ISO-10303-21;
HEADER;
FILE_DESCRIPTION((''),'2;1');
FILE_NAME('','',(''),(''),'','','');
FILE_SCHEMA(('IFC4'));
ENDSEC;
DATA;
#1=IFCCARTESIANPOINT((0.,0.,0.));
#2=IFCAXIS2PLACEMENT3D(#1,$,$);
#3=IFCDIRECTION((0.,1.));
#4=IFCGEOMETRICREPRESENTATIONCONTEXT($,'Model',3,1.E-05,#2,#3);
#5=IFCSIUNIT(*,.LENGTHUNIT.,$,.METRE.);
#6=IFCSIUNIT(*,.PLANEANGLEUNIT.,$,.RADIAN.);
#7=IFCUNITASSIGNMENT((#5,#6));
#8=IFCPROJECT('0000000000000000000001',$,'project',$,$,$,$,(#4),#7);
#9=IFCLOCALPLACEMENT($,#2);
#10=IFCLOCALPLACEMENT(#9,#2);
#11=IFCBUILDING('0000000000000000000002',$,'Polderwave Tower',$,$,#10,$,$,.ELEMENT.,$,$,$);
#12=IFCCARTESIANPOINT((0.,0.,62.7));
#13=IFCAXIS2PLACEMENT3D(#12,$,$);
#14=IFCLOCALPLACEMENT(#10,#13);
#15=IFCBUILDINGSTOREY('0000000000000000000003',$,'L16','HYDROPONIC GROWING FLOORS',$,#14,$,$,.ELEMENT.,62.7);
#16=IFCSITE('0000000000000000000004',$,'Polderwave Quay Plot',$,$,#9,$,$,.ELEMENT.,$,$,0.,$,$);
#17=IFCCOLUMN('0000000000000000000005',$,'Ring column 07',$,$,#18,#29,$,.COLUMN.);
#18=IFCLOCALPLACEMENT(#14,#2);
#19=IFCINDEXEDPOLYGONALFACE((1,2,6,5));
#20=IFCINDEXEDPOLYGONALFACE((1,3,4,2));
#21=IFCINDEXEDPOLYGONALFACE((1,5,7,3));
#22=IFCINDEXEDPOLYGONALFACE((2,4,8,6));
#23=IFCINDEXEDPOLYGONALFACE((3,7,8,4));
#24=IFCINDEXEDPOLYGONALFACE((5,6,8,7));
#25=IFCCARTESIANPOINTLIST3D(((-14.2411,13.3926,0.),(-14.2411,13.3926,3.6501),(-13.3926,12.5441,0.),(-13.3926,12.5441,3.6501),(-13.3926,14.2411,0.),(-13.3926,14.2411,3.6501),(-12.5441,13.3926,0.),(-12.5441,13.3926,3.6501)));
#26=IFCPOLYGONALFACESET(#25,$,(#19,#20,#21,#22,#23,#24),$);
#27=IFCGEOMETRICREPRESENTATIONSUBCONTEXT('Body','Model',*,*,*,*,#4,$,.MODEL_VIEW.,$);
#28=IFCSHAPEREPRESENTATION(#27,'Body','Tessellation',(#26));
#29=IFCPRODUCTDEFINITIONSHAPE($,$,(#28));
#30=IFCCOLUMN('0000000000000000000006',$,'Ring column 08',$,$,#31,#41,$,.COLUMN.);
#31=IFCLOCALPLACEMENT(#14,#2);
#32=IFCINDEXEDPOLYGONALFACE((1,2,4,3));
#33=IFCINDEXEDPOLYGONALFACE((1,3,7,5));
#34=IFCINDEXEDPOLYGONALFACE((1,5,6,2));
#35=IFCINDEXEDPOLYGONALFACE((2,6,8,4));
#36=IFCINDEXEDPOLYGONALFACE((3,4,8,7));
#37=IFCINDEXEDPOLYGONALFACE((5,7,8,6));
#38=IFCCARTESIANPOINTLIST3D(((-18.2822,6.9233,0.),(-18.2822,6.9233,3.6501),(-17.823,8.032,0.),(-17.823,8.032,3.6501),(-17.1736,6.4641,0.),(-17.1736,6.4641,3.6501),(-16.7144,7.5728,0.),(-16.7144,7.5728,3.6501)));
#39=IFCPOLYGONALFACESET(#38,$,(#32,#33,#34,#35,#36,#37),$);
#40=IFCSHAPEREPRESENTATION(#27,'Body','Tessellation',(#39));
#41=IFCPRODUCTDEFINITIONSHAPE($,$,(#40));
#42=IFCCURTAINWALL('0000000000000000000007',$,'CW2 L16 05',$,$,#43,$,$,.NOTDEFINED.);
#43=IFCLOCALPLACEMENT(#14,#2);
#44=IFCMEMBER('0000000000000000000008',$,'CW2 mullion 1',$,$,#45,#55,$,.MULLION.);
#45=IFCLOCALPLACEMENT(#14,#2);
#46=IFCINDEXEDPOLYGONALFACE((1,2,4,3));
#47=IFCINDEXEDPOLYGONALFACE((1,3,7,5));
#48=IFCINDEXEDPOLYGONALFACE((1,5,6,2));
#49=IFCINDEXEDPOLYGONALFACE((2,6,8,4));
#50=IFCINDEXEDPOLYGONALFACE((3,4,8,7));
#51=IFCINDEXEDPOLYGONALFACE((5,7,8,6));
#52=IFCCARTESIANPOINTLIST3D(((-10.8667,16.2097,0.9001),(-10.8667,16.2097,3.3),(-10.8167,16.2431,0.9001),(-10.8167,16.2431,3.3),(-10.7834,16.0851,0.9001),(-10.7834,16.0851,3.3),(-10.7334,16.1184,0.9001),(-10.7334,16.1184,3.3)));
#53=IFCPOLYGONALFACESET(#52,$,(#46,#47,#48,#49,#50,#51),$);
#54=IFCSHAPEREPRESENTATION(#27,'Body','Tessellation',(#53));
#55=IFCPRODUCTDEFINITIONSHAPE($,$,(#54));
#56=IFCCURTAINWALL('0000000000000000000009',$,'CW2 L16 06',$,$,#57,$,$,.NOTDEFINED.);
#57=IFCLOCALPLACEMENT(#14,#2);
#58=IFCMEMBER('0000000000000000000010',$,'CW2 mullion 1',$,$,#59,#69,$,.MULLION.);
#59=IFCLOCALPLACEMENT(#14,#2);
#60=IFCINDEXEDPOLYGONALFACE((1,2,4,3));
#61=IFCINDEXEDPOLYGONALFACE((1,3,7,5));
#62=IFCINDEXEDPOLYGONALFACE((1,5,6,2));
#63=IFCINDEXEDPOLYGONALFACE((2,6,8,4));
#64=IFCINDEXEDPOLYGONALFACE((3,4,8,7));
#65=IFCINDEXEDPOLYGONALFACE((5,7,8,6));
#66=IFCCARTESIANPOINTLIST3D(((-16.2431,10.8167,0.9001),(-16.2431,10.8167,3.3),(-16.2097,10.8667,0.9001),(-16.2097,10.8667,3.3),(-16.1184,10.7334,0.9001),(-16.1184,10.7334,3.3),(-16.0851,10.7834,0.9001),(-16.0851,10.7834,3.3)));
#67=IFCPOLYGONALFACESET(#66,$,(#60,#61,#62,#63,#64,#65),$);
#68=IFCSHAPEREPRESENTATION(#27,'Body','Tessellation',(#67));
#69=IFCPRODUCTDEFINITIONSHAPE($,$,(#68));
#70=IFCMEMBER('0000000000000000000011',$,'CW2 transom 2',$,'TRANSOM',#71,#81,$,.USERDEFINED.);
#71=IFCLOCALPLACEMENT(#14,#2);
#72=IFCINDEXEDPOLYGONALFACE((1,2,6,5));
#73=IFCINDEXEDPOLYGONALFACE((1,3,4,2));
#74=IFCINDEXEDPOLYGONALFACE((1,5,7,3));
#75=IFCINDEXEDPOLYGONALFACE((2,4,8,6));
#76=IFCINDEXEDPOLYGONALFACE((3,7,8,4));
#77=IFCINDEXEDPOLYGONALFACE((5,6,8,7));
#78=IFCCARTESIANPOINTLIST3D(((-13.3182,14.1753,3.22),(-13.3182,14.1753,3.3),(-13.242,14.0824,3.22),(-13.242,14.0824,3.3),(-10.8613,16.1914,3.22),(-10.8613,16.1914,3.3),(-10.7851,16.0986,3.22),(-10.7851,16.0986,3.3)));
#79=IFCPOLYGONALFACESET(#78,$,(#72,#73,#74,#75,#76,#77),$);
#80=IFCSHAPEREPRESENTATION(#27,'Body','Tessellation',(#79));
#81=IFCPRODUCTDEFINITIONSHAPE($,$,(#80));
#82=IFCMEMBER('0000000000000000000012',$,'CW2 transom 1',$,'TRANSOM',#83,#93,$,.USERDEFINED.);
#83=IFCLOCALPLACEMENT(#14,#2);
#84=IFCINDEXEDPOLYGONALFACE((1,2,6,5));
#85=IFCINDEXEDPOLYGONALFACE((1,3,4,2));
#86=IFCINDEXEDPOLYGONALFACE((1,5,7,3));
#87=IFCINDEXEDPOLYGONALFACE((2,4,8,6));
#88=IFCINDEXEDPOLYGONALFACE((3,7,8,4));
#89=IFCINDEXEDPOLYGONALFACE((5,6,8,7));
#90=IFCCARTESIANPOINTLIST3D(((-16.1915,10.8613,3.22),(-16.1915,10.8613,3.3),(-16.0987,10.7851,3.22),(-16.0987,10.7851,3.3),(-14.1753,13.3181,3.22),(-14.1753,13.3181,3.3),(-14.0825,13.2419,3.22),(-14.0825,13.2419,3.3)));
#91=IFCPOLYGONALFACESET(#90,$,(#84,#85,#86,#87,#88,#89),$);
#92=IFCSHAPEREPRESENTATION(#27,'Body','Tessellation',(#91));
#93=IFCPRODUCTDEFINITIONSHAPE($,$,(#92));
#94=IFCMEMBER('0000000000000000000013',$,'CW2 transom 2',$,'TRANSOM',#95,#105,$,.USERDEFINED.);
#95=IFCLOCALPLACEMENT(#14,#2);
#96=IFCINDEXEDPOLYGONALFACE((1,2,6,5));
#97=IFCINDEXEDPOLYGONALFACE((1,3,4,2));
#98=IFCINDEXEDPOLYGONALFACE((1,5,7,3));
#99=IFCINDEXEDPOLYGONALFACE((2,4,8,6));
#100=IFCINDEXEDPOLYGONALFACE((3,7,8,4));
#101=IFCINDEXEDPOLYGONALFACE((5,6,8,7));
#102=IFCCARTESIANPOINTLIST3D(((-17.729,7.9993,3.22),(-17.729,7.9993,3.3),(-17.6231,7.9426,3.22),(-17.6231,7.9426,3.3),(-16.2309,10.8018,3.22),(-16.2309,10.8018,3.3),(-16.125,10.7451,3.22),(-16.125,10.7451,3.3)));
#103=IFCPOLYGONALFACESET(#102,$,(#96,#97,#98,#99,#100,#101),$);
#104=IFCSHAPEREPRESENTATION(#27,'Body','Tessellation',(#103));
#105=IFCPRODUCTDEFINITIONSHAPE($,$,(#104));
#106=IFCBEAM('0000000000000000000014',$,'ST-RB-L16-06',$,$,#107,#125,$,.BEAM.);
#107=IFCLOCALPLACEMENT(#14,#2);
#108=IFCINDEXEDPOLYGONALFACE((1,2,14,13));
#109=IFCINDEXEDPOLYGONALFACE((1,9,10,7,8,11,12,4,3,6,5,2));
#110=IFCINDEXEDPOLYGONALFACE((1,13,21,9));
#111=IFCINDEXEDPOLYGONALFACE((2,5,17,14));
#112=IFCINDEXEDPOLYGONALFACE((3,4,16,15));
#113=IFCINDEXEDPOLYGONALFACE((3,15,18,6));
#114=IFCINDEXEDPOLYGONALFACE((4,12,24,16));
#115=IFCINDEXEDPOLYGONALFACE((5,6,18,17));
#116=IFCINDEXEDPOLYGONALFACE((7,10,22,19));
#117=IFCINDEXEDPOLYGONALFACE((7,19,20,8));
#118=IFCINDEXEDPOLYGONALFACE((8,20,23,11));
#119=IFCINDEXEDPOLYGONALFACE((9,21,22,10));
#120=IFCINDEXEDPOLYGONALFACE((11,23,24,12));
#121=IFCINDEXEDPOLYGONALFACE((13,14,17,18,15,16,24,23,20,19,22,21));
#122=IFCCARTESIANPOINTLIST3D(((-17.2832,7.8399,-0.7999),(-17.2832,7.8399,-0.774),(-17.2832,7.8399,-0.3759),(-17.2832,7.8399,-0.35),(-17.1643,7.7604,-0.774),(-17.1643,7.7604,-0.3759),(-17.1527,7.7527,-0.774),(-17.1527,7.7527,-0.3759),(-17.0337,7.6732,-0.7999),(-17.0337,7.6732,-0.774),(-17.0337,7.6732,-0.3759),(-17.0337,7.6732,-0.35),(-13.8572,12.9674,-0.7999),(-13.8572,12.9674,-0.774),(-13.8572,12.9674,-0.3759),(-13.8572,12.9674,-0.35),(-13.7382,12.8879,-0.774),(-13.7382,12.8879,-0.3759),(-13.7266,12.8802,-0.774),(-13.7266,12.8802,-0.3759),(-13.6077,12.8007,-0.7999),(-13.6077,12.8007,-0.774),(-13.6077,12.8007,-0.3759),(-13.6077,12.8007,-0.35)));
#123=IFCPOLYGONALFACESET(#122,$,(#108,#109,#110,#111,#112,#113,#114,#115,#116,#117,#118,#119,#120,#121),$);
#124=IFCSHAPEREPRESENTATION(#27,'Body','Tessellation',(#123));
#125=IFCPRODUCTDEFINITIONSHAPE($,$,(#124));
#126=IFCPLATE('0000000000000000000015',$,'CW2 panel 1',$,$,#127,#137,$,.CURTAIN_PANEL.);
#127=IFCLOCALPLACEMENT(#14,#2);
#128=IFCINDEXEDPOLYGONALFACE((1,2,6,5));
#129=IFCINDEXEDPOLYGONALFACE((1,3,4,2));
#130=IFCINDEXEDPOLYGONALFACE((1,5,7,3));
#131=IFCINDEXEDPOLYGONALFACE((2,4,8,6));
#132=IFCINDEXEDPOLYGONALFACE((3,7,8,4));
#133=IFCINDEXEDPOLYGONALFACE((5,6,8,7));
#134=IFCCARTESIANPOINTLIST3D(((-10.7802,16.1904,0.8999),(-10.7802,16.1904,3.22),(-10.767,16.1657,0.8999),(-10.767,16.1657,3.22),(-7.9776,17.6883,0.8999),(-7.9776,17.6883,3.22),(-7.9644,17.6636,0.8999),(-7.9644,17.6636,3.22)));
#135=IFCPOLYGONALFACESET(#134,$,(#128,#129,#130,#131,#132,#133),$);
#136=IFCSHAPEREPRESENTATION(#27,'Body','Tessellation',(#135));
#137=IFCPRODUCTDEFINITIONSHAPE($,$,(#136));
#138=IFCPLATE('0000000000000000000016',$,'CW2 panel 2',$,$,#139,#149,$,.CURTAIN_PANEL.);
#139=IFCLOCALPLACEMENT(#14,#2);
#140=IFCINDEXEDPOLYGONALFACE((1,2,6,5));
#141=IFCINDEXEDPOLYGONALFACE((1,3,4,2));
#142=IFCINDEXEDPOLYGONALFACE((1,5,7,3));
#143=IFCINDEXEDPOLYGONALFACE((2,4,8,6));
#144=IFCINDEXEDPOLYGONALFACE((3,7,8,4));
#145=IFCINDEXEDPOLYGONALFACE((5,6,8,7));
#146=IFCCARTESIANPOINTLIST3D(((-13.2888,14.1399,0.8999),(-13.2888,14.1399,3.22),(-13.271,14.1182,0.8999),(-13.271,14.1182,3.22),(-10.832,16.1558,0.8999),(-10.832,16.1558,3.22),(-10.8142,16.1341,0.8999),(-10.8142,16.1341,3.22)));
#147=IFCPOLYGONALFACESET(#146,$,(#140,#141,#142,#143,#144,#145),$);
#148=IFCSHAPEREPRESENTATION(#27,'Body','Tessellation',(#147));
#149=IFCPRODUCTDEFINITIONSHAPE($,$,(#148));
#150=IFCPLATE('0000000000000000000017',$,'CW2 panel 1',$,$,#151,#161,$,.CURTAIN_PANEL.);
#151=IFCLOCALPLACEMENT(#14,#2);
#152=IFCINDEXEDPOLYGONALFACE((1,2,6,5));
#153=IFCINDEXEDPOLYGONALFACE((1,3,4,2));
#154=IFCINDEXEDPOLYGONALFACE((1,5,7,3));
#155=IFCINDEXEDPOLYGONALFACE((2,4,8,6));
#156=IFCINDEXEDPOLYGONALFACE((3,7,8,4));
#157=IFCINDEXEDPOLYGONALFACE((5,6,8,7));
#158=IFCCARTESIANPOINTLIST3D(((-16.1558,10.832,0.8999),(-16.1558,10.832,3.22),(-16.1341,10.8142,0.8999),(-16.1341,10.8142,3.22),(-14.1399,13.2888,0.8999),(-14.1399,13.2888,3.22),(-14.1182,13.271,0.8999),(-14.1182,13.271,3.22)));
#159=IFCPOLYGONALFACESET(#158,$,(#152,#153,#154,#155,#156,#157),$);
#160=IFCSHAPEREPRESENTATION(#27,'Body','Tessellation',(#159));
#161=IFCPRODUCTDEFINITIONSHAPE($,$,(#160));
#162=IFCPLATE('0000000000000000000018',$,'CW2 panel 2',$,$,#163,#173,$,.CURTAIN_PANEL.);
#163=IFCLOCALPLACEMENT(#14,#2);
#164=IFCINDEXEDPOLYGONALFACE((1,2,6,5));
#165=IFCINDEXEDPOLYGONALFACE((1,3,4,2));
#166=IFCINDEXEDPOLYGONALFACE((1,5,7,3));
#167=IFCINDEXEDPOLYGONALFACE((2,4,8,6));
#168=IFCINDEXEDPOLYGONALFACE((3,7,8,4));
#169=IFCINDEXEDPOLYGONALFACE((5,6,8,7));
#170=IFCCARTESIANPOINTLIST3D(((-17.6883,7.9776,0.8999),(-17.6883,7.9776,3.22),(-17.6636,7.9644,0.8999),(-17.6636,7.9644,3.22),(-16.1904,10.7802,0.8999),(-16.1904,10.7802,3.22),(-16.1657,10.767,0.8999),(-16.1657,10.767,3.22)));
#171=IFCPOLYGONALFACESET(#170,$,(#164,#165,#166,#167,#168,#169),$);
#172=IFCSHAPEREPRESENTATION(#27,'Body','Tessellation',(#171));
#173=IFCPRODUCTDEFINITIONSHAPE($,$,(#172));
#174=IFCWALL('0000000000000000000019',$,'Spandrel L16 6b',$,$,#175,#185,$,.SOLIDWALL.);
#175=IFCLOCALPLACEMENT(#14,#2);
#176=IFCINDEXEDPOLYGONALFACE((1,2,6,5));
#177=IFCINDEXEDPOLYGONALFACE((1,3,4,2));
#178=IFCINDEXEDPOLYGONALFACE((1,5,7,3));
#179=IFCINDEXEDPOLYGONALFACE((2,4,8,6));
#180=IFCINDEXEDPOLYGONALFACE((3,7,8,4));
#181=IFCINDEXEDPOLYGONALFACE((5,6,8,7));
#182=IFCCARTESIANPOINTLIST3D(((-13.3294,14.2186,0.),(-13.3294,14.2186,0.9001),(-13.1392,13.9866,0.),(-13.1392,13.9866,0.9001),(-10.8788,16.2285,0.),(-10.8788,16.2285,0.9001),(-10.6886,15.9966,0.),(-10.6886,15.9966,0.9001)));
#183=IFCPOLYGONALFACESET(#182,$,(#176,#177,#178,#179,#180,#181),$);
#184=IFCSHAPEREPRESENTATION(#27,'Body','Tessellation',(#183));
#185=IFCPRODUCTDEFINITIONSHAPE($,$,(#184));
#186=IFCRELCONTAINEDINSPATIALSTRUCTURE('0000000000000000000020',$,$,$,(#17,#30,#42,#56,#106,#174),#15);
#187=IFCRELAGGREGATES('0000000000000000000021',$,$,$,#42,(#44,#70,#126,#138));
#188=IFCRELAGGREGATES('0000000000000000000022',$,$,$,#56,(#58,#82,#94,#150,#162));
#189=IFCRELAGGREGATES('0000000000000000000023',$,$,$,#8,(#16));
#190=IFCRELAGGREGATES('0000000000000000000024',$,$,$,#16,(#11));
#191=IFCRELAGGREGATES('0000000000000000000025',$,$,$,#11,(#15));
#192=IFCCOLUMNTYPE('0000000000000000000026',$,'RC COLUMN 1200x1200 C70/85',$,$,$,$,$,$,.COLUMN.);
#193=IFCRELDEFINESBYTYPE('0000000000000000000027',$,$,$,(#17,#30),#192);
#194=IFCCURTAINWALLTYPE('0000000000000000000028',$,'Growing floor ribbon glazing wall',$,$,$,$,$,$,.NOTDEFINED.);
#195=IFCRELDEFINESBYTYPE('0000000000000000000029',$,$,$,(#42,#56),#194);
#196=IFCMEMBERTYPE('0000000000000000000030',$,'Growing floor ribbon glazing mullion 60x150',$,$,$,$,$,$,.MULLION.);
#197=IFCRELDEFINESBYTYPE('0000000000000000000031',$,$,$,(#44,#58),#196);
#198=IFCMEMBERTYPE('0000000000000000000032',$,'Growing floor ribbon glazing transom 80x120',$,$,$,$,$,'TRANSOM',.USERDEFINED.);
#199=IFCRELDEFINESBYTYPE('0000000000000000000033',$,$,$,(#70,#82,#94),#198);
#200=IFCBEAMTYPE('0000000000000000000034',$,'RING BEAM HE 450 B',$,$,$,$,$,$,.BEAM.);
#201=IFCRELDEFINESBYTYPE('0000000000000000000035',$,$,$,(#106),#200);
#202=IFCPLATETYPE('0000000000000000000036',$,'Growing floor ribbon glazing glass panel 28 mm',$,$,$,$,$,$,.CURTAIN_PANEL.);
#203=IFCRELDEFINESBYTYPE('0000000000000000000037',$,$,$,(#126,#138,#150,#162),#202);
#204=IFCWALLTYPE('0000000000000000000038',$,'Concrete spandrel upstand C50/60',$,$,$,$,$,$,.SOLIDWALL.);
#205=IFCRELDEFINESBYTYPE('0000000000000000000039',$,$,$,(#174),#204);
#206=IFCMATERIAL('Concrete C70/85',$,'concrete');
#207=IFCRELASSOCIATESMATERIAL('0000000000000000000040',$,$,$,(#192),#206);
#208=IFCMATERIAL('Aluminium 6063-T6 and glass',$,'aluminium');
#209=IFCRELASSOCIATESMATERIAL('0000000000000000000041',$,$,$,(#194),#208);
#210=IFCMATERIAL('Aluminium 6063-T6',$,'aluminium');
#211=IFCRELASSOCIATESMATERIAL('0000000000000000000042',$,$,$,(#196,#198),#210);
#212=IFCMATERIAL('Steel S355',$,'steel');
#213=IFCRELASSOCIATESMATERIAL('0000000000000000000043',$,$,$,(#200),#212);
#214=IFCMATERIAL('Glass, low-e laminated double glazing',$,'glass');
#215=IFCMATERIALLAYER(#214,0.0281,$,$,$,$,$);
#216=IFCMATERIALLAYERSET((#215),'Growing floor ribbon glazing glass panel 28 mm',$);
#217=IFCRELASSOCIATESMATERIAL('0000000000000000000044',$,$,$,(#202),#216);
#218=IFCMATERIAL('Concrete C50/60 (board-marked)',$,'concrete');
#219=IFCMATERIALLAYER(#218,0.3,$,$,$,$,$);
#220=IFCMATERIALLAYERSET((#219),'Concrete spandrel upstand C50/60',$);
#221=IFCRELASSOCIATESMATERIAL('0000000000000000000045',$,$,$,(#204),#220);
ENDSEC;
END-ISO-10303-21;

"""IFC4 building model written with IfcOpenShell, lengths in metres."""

from ifc_helpers import new_model, si_unit, direction, frame, frame_2d, origin, origin_2d, place, context, subcontext, project, spatial, rectangle, i_section, extrude, material, layer, layer_set, material_profile, profile_set, type_object, element, aggregate, save


model = new_model("IFC4")

# Units and contexts
model_context = context("Model", 3, precision=1e-05, world=origin(), true_north=direction((0.0, 1.0)))
body_context = subcontext(model_context, "Body", "Model", "MODEL_VIEW")
ifc_project = project(units=[si_unit("LENGTHUNIT", "METRE"), si_unit("PLANEANGLEUNIT", "RADIAN")], contexts=[model_context])

# Site, building, storey
site_placement = place(None, origin())
site = spatial("IfcSite", under=ifc_project, at=site_placement, Name="Polderwave Quay Plot", CompositionType="ELEMENT", RefElevation=0.0)
building_placement = place(site_placement, origin())
building = spatial("IfcBuilding", under=site, at=building_placement, Name="Polderwave Tower", CompositionType="ELEMENT")
storey_placement = place(building_placement, frame((0.0, 0.0, 62.7)))
storey = spatial("IfcBuildingStorey", under=building, at=storey_placement, Name="L16", Description="HYDROPONIC GROWING FLOORS", CompositionType="ELEMENT", Elevation=62.7)

# Columns
ifc_material_1 = material(Name="Concrete C70/85", Category="concrete")
ifc_material_profile_1 = material_profile(ifc_material_1, rectangle(XDim=1.2, YDim=1.2, at=origin_2d()), Name="RC 1200x1200")
ifc_profile_set_1 = profile_set([ifc_material_profile_1], Name="Concrete C70/85")
column_type = type_object("IfcColumnType", Name="RC COLUMN 1200x1200 C70/85", PredefinedType="COLUMN", material=ifc_profile_set_1)
for number, where, z_axis, x_axis, name in (
    (1, (-13.3926, 13.3926, 0.0), (0.0, 0.0, 1.0), (-0.707107, 0.707107, 0.0), "Ring column 07"),
    (2, (-17.4983, 7.248, 0.0), (0.0, 0.0, 1.0), (-0.92388, 0.382683, 0.0), "Ring column 08"),
):
    element("IfcColumn", number, at=place(storey_placement, frame(where, z_axis=z_axis, x_axis=x_axis)), inside=storey, type_object=column_type, Name=name, PredefinedType="COLUMN", context=body_context, shape_type="SweptSolid", body=[
        extrude(rectangle(XDim=1.2, YDim=1.2, at=origin_2d()), origin(), (0.0, 0.0, 1.0), 3.6501),
    ])

# Curtain walls, members
ifc_material_2 = material(Name="Aluminium 6063-T6 and glass", Category="aluminium")
curtain_wall_type = type_object("IfcCurtainWallType", Name="Growing floor ribbon glazing wall", PredefinedType="NOTDEFINED", material=ifc_material_2)
curtain_wall_1_placement = place(storey_placement, origin())
curtain_wall_1 = element("IfcCurtainWall", 3, at=curtain_wall_1_placement, inside=storey, type_object=curtain_wall_type, Name="CW2 L16 05", PredefinedType="NOTDEFINED")
ifc_material_3 = material(Name="Aluminium 6063-T6", Category="aluminium")
ifc_material_profile_2 = material_profile(ifc_material_3, rectangle(XDim=0.1499, YDim=0.0601, at=origin_2d()), Name="AL 60x150")
ifc_profile_set_2 = profile_set([ifc_material_profile_2], Name="Aluminium 6063-T6")
member_type_1 = type_object("IfcMemberType", Name="Growing floor ribbon glazing mullion 60x150", PredefinedType="MULLION", material=ifc_profile_set_2)
member_1_placement = place(storey_placement, frame((-10.8, 16.1641, 0.9001), z_axis=(0.0, 0.0, 1.0), x_axis=(0.555527, -0.831499, 0.0)))
member_1 = element("IfcMember", 4, at=member_1_placement, type_object=member_type_1, Name="CW2 mullion 1", PredefinedType="MULLION", context=body_context, shape_type="SweptSolid", body=[
    extrude(rectangle(XDim=0.1499, YDim=0.0601, at=origin_2d()), origin(), (0.0, 0.0, 1.0), 2.3999),
])
curtain_wall_2_placement = place(storey_placement, origin())
curtain_wall_2 = element("IfcCurtainWall", 5, at=curtain_wall_2_placement, inside=storey, type_object=curtain_wall_type, Name="CW2 L16 06", PredefinedType="NOTDEFINED")
member_2_placement = place(storey_placement, frame((-16.1641, 10.8, 0.9001), z_axis=(0.0, 0.0, 1.0), x_axis=(0.831499, -0.555527, 0.0)))
member_2 = element("IfcMember", 6, at=member_2_placement, type_object=member_type_1, Name="CW2 mullion 1", PredefinedType="MULLION", context=body_context, shape_type="SweptSolid", body=[
    extrude(rectangle(XDim=0.1499, YDim=0.0601, at=origin_2d()), origin(), (0.0, 0.0, 1.0), 2.3999),
])

# Members
ifc_material_profile_3 = material_profile(ifc_material_3, rectangle(XDim=0.1201, YDim=0.0801, at=origin_2d()), Name="AL 80x120")
ifc_profile_set_3 = profile_set([ifc_material_profile_3], Name="Aluminium 6063-T6")
member_type_2 = type_object("IfcMemberType", Name="Growing floor ribbon glazing transom 80x120", ElementType="TRANSOM", PredefinedType="USERDEFINED", material=ifc_profile_set_3)
member_3_placement = place(storey_placement, frame((-10.8232, 16.145, 3.26), z_axis=(-0.773029, -0.634371, 0.0), x_axis=(0.634371, -0.773029, 0.0)))
member_3 = element("IfcMember", 7, at=member_3_placement, type_object=member_type_2, Name="CW2 transom 2", ObjectType="TRANSOM", PredefinedType="USERDEFINED", context=body_context, shape_type="SweptSolid", body=[
    extrude(rectangle(XDim=0.1201, YDim=0.0801, at=origin_2d()), origin(), (0.0, 0.0, 1.0), 3.1782),
])
member_4_placement = place(storey_placement, frame((-14.1289, 13.28, 3.26), z_axis=(-0.634371, -0.773029, 0.0), x_axis=(0.773029, -0.634371, 0.0)))
member_4 = element("IfcMember", 8, at=member_4_placement, type_object=member_type_2, Name="CW2 transom 1", ObjectType="TRANSOM", PredefinedType="USERDEFINED", context=body_context, shape_type="SweptSolid", body=[
    extrude(rectangle(XDim=0.1201, YDim=0.0801, at=origin_2d()), origin(), (0.0, 0.0, 1.0), 3.1782),
])
member_5_placement = place(storey_placement, frame((-16.178, 10.7734, 3.26), z_axis=(-0.471417, -0.88191, 0.0), x_axis=(0.88191, -0.471417, 0.0)))
member_5 = element("IfcMember", 9, at=member_5_placement, type_object=member_type_2, Name="CW2 transom 2", ObjectType="TRANSOM", PredefinedType="USERDEFINED", context=body_context, shape_type="SweptSolid", body=[
    extrude(rectangle(XDim=0.1201, YDim=0.0801, at=origin_2d()), origin(), (0.0, 0.0, 1.0), 3.1777),
])

# Beam
ifc_material_4 = material(Name="Steel S355", Category="steel")
ifc_material_profile_4 = material_profile(ifc_material_4, i_section(OverallWidth=0.3, OverallDepth=0.45, WebThickness=0.0139, FlangeThickness=0.0259, at=origin_2d()), Name="HE 450 B")
ifc_profile_set_4 = profile_set([ifc_material_profile_4], Name="Steel S355")
beam_type = type_object("IfcBeamType", Name="RING BEAM HE 450 B", PredefinedType="BEAM", material=ifc_profile_set_4)
beam_placement = place(storey_placement, frame((-13.7324, 12.884, -0.575), z_axis=(-0.555568, -0.831471, 0.0), x_axis=(0.831471, -0.555568, 0.0)))
element("IfcBeam", 10, at=beam_placement, inside=storey, type_object=beam_type, Name="ST-RB-L16-06", PredefinedType="BEAM", context=body_context, shape_type="SweptSolid", body=[
    extrude(i_section(OverallWidth=0.3, OverallDepth=0.45, WebThickness=0.0139, FlangeThickness=0.0259, at=origin_2d()), origin(), (0.0, 0.0, 1.0), 6.1667),
])

# Plates
ifc_material_5 = material(Name="Glass, low-e laminated double glazing", Category="glass")
ifc_layer_1 = layer(ifc_material_5, 0.0281)
ifc_layer_set_1 = layer_set([ifc_layer_1], Name="Growing floor ribbon glazing glass panel 28 mm")
plate_type = type_object("IfcPlateType", Name="Growing floor ribbon glazing glass panel 28 mm", PredefinedType="CURTAIN_PANEL", material=ifc_layer_set_1)
plate_1_placement = place(storey_placement, frame((-9.3723, 16.927, 0.8999), z_axis=(0.0, 0.0, 1.0), x_axis=(-0.881939, -0.471364, 0.0)))
plate_1 = element("IfcPlate", 11, at=plate_1_placement, type_object=plate_type, Name="CW2 panel 1", PredefinedType="CURTAIN_PANEL", context=body_context, shape_type="SweptSolid", body=[
    extrude(rectangle(XDim=3.1777, YDim=0.0281, at=origin_2d()), origin(), (0.0, 0.0, 1.0), 2.3201),
])
plate_2_placement = place(storey_placement, frame((-12.0515, 15.137, 0.8999), z_axis=(0.0, 0.0, 1.0), x_axis=(-0.773054, -0.634341, 0.0)))
plate_2 = element("IfcPlate", 12, at=plate_2_placement, type_object=plate_type, Name="CW2 panel 2", PredefinedType="CURTAIN_PANEL", context=body_context, shape_type="SweptSolid", body=[
    extrude(rectangle(XDim=3.178, YDim=0.0281, at=origin_2d()), origin(), (0.0, 0.0, 1.0), 2.3201),
])
aggregate(curtain_wall_1, [member_1, member_3, plate_1, plate_2])
plate_3_placement = place(storey_placement, frame((-15.137, 12.0515, 0.8999), z_axis=(0.0, 0.0, 1.0), x_axis=(-0.634341, -0.773054, 0.0)))
plate_3 = element("IfcPlate", 13, at=plate_3_placement, type_object=plate_type, Name="CW2 panel 1", PredefinedType="CURTAIN_PANEL", context=body_context, shape_type="SweptSolid", body=[
    extrude(rectangle(XDim=3.178, YDim=0.0281, at=origin_2d()), origin(), (0.0, 0.0, 1.0), 2.3201),
])
plate_4_placement = place(storey_placement, frame((-16.927, 9.3723, 0.8999), z_axis=(0.0, 0.0, 1.0), x_axis=(-0.471364, -0.881939, 0.0)))
plate_4 = element("IfcPlate", 14, at=plate_4_placement, type_object=plate_type, Name="CW2 panel 2", PredefinedType="CURTAIN_PANEL", context=body_context, shape_type="SweptSolid", body=[
    extrude(rectangle(XDim=3.1777, YDim=0.0281, at=origin_2d()), origin(), (0.0, 0.0, 1.0), 2.3201),
])
aggregate(curtain_wall_2, [member_2, member_4, member_5, plate_3, plate_4])

# Wall
ifc_material_6 = material(Name="Concrete C50/60 (board-marked)", Category="concrete")
ifc_layer_2 = layer(ifc_material_6, 0.3)
ifc_layer_set_2 = layer_set([ifc_layer_2], Name="Concrete spandrel upstand C50/60")
wall_type_1 = type_object("IfcWallType", Name="Concrete spandrel upstand C50/60", PredefinedType="SOLIDWALL", material=ifc_layer_set_2)
for number, where, z_axis, x_axis, name in (
    (15, (-10.7837, 16.1125, 0.0), (0.0, 0.0, 1.0), (-0.773198, -0.634164, 0.0), "Spandrel L16 6b"),
):
    element("IfcWall", number, at=place(storey_placement, frame(where, z_axis=z_axis, x_axis=x_axis)), inside=storey, type_object=wall_type_1, Name=name, PredefinedType="SOLIDWALL", context=body_context, shape_type="SweptSolid", body=[
        extrude(rectangle(XDim=3.1694, YDim=0.3, at=frame_2d((1.5847, 0.0))), origin(), (0.0, 0.0, 1.0), 0.9001),
    ])

save(model, "model.ifc")
